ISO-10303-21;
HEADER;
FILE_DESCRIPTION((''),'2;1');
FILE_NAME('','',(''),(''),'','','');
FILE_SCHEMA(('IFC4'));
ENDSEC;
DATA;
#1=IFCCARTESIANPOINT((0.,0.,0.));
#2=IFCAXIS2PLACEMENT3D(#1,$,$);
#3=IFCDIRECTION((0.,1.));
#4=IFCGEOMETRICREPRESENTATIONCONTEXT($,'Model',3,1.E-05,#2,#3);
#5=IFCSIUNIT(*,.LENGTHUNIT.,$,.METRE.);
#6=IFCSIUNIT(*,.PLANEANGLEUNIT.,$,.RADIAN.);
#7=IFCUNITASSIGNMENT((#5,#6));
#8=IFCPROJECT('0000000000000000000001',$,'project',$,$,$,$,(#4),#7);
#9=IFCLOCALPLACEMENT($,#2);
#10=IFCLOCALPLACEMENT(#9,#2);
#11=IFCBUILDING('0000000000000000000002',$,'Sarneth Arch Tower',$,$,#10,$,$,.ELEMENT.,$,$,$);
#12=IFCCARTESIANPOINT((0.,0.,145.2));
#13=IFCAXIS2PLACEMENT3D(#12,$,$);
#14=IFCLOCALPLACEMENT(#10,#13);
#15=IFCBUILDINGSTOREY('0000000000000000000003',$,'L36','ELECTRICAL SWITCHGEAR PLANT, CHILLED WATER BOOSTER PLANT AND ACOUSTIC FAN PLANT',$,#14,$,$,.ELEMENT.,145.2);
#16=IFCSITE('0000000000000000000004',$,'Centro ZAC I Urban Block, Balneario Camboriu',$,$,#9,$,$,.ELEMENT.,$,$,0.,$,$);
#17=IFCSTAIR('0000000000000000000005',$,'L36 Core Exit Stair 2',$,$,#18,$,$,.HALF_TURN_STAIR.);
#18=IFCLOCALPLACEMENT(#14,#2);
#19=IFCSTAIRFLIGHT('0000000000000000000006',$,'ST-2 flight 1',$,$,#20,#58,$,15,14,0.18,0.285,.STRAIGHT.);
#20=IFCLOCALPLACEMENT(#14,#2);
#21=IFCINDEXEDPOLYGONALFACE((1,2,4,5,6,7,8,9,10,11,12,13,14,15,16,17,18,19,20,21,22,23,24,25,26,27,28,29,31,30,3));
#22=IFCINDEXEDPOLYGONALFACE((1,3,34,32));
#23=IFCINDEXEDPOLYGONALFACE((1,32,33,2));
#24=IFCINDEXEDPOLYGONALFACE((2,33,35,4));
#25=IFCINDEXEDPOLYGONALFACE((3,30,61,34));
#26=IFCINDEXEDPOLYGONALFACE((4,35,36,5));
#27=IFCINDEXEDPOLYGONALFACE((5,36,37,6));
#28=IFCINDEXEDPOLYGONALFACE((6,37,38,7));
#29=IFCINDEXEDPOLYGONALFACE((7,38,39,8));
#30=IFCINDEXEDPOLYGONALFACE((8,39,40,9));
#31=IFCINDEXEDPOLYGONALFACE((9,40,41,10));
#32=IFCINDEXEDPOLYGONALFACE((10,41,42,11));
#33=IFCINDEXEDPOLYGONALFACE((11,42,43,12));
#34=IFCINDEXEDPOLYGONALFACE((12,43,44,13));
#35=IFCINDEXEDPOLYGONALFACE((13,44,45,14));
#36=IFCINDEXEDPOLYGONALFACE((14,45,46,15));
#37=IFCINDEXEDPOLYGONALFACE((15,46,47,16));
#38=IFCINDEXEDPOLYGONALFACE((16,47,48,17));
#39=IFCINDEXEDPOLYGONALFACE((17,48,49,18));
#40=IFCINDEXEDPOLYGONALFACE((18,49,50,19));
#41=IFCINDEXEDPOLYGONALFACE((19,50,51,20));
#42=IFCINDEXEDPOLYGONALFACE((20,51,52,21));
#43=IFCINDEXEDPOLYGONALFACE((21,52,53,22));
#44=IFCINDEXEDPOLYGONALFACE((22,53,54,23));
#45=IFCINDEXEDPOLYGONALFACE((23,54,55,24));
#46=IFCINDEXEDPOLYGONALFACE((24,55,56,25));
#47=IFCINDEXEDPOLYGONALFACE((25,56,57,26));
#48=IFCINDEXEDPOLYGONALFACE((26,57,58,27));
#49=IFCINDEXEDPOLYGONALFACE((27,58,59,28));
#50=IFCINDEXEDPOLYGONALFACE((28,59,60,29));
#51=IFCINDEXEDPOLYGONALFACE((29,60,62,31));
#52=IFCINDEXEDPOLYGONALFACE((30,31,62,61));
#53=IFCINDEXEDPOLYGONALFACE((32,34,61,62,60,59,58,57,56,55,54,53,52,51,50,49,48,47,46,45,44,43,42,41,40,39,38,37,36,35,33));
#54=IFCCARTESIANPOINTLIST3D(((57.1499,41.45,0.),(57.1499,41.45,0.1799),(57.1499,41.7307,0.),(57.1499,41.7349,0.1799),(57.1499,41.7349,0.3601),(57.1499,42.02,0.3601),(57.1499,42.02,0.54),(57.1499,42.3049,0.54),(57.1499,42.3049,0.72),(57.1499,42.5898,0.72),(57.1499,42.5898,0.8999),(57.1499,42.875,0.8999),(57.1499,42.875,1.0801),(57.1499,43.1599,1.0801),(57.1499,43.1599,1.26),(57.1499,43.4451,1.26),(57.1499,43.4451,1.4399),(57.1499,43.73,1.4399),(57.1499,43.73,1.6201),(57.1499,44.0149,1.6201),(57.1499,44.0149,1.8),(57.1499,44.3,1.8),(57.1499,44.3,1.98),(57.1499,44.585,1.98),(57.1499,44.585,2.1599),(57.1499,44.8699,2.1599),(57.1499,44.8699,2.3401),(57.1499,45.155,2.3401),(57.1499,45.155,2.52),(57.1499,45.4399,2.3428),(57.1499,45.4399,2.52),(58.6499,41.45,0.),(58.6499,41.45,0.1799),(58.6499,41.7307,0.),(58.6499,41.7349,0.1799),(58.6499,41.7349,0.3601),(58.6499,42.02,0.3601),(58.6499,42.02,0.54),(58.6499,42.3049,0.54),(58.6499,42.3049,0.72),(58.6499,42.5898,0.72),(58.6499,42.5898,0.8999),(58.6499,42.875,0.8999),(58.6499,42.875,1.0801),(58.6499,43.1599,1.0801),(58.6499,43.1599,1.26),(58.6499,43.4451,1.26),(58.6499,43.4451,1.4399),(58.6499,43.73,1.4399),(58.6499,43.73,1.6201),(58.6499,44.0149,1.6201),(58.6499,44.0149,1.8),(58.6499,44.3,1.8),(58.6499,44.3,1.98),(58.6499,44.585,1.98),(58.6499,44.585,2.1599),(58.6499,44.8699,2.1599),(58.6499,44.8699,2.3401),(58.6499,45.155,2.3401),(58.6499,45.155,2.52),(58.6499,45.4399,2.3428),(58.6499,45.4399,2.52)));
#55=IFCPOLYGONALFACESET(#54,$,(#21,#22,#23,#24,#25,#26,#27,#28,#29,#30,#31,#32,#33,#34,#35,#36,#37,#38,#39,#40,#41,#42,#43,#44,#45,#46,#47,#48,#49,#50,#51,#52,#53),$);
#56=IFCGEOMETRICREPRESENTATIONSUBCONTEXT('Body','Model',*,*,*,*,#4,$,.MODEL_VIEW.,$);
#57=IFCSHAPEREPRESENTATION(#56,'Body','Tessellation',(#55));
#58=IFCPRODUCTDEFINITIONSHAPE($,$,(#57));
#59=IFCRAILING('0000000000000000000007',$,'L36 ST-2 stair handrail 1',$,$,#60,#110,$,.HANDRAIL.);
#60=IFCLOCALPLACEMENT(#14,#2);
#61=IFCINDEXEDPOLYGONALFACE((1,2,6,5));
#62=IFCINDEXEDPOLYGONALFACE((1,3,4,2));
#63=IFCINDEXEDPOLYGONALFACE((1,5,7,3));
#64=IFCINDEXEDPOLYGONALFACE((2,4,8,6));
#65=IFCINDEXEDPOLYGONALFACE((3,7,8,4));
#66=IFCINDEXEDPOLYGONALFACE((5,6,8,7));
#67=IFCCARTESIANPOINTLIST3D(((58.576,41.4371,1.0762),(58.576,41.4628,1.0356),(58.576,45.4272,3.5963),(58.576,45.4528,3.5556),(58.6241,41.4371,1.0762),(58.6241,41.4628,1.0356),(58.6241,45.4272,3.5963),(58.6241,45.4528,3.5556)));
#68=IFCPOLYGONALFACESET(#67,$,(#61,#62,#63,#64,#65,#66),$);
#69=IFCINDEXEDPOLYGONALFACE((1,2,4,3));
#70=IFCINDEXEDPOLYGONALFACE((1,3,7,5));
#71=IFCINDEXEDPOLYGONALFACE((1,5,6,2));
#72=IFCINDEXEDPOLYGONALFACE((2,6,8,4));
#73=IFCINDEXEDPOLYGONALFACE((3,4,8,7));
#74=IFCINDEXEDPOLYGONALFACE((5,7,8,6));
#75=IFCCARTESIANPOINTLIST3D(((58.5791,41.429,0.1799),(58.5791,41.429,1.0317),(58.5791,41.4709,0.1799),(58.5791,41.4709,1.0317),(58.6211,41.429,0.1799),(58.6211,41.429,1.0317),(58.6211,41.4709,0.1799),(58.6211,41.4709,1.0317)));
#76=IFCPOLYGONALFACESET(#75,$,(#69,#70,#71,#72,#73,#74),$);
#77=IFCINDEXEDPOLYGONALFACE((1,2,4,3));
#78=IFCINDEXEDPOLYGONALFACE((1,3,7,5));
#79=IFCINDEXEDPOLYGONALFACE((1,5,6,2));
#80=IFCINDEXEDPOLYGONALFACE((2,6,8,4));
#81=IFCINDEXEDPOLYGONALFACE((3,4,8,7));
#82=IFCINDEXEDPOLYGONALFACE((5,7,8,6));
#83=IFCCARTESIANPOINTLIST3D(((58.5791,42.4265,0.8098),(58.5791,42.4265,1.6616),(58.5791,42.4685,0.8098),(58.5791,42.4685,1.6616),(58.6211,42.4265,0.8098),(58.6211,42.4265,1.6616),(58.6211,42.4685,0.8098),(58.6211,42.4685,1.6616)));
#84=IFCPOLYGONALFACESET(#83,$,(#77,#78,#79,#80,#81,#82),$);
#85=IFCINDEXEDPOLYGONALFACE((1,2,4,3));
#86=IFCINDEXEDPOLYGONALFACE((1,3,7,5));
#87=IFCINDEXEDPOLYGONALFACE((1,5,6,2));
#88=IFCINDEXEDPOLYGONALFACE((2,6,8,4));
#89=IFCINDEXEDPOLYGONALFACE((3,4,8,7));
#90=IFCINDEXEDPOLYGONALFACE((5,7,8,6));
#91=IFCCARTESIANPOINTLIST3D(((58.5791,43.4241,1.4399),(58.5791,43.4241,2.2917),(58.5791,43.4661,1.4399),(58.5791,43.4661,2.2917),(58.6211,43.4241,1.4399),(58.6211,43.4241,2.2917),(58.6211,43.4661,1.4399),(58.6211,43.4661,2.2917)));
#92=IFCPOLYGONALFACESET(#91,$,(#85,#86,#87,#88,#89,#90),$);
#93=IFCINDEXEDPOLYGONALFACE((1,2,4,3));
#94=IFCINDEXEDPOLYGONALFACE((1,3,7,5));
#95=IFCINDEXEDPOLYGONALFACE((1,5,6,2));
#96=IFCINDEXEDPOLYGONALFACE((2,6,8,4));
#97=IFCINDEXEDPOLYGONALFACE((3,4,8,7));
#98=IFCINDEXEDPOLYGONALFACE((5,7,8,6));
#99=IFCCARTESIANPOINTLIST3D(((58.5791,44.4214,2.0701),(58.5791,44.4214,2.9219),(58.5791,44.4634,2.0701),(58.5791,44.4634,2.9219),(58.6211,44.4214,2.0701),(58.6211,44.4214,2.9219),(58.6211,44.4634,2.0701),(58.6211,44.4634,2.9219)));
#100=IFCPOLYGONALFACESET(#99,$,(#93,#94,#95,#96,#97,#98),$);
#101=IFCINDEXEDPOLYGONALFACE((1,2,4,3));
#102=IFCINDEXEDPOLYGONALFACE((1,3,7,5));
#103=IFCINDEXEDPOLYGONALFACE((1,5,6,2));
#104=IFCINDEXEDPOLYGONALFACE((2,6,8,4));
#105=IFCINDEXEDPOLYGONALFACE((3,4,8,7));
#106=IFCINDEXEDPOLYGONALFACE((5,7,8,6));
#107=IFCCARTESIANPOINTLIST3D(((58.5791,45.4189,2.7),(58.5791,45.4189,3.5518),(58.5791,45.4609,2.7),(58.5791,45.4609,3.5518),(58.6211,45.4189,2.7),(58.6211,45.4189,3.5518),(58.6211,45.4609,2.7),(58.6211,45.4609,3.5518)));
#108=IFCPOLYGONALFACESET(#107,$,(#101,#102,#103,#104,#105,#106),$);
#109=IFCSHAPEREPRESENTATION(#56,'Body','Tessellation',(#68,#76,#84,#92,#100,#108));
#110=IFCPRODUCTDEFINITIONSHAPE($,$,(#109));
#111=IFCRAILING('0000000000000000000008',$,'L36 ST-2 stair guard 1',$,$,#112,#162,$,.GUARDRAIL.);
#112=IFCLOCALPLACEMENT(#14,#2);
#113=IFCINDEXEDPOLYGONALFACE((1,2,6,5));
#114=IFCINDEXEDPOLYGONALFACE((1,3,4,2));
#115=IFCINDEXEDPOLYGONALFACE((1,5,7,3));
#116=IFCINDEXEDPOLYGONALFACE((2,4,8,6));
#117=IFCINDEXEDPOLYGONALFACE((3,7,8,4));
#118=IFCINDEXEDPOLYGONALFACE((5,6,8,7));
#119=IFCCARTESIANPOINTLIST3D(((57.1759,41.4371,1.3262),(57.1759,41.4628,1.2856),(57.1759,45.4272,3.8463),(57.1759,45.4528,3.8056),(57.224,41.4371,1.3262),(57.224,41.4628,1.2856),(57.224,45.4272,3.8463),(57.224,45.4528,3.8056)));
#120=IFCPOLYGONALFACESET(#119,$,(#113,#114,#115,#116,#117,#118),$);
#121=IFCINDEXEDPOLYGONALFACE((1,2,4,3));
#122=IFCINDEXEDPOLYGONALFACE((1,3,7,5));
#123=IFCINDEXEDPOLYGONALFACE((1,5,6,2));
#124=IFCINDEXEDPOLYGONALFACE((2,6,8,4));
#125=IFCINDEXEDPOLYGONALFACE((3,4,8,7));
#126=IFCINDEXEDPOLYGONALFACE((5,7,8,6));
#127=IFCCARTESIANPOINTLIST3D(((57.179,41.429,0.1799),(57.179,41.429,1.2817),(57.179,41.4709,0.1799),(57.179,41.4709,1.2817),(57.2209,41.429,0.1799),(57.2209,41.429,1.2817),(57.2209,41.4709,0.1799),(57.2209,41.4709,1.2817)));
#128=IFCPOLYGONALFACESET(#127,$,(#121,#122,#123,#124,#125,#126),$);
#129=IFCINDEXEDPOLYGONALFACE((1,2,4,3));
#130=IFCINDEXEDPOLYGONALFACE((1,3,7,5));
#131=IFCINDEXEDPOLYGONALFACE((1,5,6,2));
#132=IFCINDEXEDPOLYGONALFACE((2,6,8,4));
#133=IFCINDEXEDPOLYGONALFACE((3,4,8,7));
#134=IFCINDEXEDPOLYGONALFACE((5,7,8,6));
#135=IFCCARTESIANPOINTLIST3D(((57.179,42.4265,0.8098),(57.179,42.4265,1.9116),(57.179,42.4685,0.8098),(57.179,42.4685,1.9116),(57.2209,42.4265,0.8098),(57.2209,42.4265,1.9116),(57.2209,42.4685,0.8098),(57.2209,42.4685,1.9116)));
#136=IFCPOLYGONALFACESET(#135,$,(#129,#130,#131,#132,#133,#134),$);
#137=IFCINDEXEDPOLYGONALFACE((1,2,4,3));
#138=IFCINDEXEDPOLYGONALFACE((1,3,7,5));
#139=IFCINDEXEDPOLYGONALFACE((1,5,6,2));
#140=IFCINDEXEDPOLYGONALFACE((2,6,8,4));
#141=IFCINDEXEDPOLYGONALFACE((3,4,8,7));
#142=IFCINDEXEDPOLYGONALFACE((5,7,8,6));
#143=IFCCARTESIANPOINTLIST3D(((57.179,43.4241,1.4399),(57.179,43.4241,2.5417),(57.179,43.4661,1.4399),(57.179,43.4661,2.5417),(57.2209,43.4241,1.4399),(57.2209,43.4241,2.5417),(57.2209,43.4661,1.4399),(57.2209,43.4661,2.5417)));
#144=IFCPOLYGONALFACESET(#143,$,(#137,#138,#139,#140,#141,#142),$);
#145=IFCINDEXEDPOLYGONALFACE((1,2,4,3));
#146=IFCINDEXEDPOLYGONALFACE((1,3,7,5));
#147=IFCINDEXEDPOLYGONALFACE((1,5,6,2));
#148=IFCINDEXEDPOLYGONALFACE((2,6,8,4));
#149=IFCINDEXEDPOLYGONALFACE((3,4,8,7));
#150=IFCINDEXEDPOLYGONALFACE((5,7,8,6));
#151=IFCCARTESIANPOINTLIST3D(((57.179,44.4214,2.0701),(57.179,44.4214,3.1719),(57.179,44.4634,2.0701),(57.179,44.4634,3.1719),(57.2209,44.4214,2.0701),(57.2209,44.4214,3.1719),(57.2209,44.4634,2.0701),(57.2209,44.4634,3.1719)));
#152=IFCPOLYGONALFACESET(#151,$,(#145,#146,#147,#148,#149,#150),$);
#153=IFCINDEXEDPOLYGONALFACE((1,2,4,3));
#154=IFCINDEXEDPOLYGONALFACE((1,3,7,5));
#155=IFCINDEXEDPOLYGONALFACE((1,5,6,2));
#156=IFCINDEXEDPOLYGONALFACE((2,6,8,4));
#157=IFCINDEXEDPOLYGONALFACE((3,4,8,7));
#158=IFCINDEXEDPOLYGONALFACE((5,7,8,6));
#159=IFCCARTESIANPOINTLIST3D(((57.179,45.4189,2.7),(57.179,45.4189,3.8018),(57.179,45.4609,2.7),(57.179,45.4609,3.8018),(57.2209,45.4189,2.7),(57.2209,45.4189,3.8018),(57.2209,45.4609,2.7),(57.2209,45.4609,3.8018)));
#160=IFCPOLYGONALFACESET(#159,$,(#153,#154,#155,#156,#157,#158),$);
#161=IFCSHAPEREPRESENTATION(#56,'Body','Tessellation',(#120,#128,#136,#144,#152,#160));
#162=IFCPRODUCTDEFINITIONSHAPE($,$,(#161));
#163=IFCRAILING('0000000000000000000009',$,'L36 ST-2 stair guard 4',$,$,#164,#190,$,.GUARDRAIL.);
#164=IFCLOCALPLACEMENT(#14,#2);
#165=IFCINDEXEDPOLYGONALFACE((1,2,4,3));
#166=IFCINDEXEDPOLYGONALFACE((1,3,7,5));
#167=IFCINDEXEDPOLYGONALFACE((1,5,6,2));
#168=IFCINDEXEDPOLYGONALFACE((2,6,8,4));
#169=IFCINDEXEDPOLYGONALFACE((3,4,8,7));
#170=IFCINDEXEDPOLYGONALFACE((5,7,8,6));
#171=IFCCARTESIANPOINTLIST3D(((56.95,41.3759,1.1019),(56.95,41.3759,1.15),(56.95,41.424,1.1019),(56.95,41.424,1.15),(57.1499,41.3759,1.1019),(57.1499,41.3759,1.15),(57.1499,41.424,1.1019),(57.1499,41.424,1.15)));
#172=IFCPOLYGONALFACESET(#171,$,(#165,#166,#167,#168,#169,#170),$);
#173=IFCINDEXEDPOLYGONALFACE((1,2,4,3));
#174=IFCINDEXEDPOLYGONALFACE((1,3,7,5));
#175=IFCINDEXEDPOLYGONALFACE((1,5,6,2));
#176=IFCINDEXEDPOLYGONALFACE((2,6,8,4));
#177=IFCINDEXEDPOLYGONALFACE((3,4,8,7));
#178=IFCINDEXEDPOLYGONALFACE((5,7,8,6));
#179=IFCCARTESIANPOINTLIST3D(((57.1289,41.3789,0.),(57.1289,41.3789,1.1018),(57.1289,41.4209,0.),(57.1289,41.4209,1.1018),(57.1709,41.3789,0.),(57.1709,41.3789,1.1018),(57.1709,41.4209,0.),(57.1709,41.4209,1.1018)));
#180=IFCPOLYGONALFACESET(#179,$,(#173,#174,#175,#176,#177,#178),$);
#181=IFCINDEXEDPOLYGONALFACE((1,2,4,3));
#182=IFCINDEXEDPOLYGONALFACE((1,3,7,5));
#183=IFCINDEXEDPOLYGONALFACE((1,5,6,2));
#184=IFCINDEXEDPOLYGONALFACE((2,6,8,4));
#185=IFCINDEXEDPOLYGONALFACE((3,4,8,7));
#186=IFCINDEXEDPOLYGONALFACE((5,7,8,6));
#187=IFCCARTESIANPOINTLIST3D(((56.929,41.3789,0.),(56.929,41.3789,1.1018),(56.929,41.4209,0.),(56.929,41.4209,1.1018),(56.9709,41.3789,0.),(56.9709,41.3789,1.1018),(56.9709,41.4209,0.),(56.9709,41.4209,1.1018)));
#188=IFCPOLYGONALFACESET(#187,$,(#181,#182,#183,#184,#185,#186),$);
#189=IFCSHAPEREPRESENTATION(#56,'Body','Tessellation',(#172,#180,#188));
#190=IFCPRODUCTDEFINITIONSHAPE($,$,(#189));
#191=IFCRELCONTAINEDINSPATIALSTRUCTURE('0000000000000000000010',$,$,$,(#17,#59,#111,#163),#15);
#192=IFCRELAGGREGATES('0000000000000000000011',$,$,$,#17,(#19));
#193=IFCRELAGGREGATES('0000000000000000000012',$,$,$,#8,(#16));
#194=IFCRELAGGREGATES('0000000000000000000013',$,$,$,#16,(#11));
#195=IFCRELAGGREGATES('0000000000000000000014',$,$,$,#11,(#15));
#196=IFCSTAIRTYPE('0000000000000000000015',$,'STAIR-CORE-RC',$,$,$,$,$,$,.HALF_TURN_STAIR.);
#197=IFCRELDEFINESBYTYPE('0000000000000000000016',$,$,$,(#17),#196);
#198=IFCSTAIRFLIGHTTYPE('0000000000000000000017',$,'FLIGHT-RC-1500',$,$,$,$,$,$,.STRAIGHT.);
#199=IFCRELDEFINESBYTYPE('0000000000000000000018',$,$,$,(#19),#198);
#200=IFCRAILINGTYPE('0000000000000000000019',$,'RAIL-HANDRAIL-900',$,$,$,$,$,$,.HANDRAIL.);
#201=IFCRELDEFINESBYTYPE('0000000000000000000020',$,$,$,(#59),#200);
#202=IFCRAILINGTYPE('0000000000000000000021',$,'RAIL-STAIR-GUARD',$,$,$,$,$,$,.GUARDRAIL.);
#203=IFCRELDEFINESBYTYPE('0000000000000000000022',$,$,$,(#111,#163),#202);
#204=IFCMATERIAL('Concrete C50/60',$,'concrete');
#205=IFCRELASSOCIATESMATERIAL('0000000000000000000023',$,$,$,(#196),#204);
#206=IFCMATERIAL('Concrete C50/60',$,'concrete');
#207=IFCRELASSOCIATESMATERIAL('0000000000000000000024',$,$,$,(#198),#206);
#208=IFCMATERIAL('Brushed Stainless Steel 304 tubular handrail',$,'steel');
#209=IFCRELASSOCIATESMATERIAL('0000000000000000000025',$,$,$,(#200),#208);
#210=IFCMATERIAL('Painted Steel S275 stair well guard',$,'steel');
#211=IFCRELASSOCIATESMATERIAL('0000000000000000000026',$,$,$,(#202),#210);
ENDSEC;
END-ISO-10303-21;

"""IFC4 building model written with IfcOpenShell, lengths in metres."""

from ifc_helpers import new_model, si_unit, direction, frame, origin, origin_2d, place, context, subcontext, project, spatial, polyline, rectangle, outline, extrude, material, type_object, element, aggregate, save


model = new_model("IFC4")

# Units and contexts
model_context = context("Model", 3, precision=1e-05, world=origin(), true_north=direction((0.0, 1.0)))
body_context = subcontext(model_context, "Body", "Model", "MODEL_VIEW")
ifc_project = project(units=[si_unit("LENGTHUNIT", "METRE"), si_unit("PLANEANGLEUNIT", "RADIAN")], contexts=[model_context])

# Site, building, storey
site_placement = place(None, origin())
site = spatial("IfcSite", under=ifc_project, at=site_placement, Name="Centro ZAC I Urban Block, Balneario Camboriu", CompositionType="ELEMENT", RefElevation=0.0)
building_placement = place(site_placement, origin())
building = spatial("IfcBuilding", under=site, at=building_placement, Name="Sarneth Arch Tower", CompositionType="ELEMENT")
storey_placement = place(building_placement, frame((0.0, 0.0, 145.2)))
storey = spatial("IfcBuildingStorey", under=building, at=storey_placement, Name="L36", Description="ELECTRICAL SWITCHGEAR PLANT, CHILLED WATER BOOSTER PLANT AND ACOUSTIC FAN PLANT", CompositionType="ELEMENT", Elevation=145.2)

# Stair, stair flight
ifc_material_1 = material(Name="Concrete C50/60", Category="concrete")
stair_type = type_object("IfcStairType", Name="STAIR-CORE-RC", PredefinedType="HALF_TURN_STAIR", material=ifc_material_1)
stair_placement = place(storey_placement, origin())
stair = element("IfcStair", 1, at=stair_placement, inside=storey, type_object=stair_type, Name="L36 Core Exit Stair 2", PredefinedType="HALF_TURN_STAIR")
ifc_material_2 = material(Name="Concrete C50/60", Category="concrete")
stair_flight_type = type_object("IfcStairFlightType", Name="FLIGHT-RC-1500", PredefinedType="STRAIGHT", material=ifc_material_2)
stair_flight_placement = place(storey_placement, frame((57.8999, 41.45, 0.0), z_axis=(0.0, 0.0, 1.0), x_axis=(0.0, 1.0, 0.0)))
stair_flight = element("IfcStairFlight", 2, at=stair_flight_placement, type_object=stair_flight_type, Name="ST-2 flight 1", NumberOfRisers=15, NumberOfTreads=14, PredefinedType="STRAIGHT", RiserHeight=0.18, TreadLength=0.285, context=body_context, shape_type="SweptSolid", body=[
    extrude(outline(polyline([(0.0, 0.0), (0.0, 0.1799), (0.2849, 0.1799), (0.2849, 0.3601), (0.5701, 0.3601), (0.5701, 0.54), (0.855, 0.54), (0.855, 0.72), (1.1399, 0.72), (1.1399, 0.8999), (1.425, 0.8999), (1.425, 1.0801), (1.71, 1.0801), (1.71, 1.26), (1.9951, 1.26), (1.9951, 1.4399), (2.28, 1.4399), (2.28, 1.6201), (2.5649, 1.6201), (2.5649, 1.8), (2.8501, 1.8), (2.8501, 1.98), (3.135, 1.98), (3.135, 2.1599), (3.4199, 2.1599), (3.4199, 2.3401), (3.7051, 2.3401), (3.7051, 2.52), (3.99, 2.52), (3.99, 2.7), (3.99, 2.3428), (0.2808, 0.0), (0.0, 0.0)])), frame((0.0, 0.75, 0.0), z_axis=(0.0, -1.0, 0.0), x_axis=(1.0, 0.0, 0.0)), (0.0, 0.0, 1.0), 1.5),
])
aggregate(stair, [stair_flight])

# Railings
ifc_material_3 = material(Name="Brushed Stainless Steel 304 tubular handrail", Category="steel")
railing_type_1 = type_object("IfcRailingType", Name="RAIL-HANDRAIL-900", PredefinedType="HANDRAIL", material=ifc_material_3)
railing_1_placement = place(storey_placement, frame((58.6001, 41.45, 0.1799)))
element("IfcRailing", 3, at=railing_1_placement, inside=storey, type_object=railing_type_1, Name="L36 ST-2 stair handrail 1", PredefinedType="HANDRAIL", context=body_context, shape_type="SweptSolid", body=[
    extrude(rectangle(XDim=0.0481, YDim=0.0481, at=origin_2d()), frame((0.0, 0.0, 0.876), z_axis=(0.0, 0.845486, 0.533997), x_axis=(-1.0, 0.0, 0.0)), (0.0, 0.0, 1.0), 4.7192),
    extrude(rectangle(XDim=0.042, YDim=0.042, at=origin_2d()), origin(), (0.0, 0.0, 1.0), 0.8518),
    extrude(rectangle(XDim=0.042, YDim=0.042, at=origin_2d()), frame((0.0, 0.9976, 0.6299)), (0.0, 0.0, 1.0), 0.8518),
    extrude(rectangle(XDim=0.042, YDim=0.042, at=origin_2d()), frame((0.0, 1.9951, 1.26)), (0.0, 0.0, 1.0), 0.8518),
    extrude(rectangle(XDim=0.042, YDim=0.042, at=origin_2d()), frame((0.0, 2.9924, 1.8901)), (0.0, 0.0, 1.0), 0.8518),
    extrude(rectangle(XDim=0.042, YDim=0.042, at=origin_2d()), frame((0.0, 3.99, 2.52)), (0.0, 0.0, 1.0), 0.8518),
])
ifc_material_4 = material(Name="Painted Steel S275 stair well guard", Category="steel")
railing_type_2 = type_object("IfcRailingType", Name="RAIL-STAIR-GUARD", PredefinedType="GUARDRAIL", material=ifc_material_4)
railing_2_placement = place(storey_placement, frame((57.2, 41.45, 0.1799)))
element("IfcRailing", 4, at=railing_2_placement, inside=storey, type_object=railing_type_2, Name="L36 ST-2 stair guard 1", PredefinedType="GUARDRAIL", context=body_context, shape_type="SweptSolid", body=[
    extrude(rectangle(XDim=0.0481, YDim=0.0481, at=origin_2d()), frame((0.0, 0.0, 1.126), z_axis=(0.0, 0.845486, 0.533997), x_axis=(-1.0, 0.0, 0.0)), (0.0, 0.0, 1.0), 4.7192),
    extrude(rectangle(XDim=0.042, YDim=0.042, at=origin_2d()), origin(), (0.0, 0.0, 1.0), 1.1018),
    extrude(rectangle(XDim=0.042, YDim=0.042, at=origin_2d()), frame((0.0, 0.9976, 0.6299)), (0.0, 0.0, 1.0), 1.1018),
    extrude(rectangle(XDim=0.042, YDim=0.042, at=origin_2d()), frame((0.0, 1.9951, 1.26)), (0.0, 0.0, 1.0), 1.1018),
    extrude(rectangle(XDim=0.042, YDim=0.042, at=origin_2d()), frame((0.0, 2.9924, 1.8901)), (0.0, 0.0, 1.0), 1.1018),
    extrude(rectangle(XDim=0.042, YDim=0.042, at=origin_2d()), frame((0.0, 3.99, 2.52)), (0.0, 0.0, 1.0), 1.1018),
])
railing_3_placement = place(storey_placement, frame((57.1499, 41.3999, 0.0)))
element("IfcRailing", 5, at=railing_3_placement, inside=storey, type_object=railing_type_2, Name="L36 ST-2 stair guard 4", PredefinedType="GUARDRAIL", context=body_context, shape_type="SweptSolid", body=[
    extrude(rectangle(XDim=0.0481, YDim=0.0481, at=origin_2d()), frame((0.0, 0.0, 1.126), z_axis=(-1.0, 0.0, 0.0), x_axis=(0.0, -1.0, 0.0)), (0.0, 0.0, 1.0), 0.2),
    extrude(rectangle(XDim=0.042, YDim=0.042, at=origin_2d()), origin(), (0.0, 0.0, 1.0), 1.1018),
    extrude(rectangle(XDim=0.042, YDim=0.042, at=origin_2d()), frame((-0.2, 0.0, 0.0)), (0.0, 0.0, 1.0), 1.1018),
])

save(model, "model.ifc")
